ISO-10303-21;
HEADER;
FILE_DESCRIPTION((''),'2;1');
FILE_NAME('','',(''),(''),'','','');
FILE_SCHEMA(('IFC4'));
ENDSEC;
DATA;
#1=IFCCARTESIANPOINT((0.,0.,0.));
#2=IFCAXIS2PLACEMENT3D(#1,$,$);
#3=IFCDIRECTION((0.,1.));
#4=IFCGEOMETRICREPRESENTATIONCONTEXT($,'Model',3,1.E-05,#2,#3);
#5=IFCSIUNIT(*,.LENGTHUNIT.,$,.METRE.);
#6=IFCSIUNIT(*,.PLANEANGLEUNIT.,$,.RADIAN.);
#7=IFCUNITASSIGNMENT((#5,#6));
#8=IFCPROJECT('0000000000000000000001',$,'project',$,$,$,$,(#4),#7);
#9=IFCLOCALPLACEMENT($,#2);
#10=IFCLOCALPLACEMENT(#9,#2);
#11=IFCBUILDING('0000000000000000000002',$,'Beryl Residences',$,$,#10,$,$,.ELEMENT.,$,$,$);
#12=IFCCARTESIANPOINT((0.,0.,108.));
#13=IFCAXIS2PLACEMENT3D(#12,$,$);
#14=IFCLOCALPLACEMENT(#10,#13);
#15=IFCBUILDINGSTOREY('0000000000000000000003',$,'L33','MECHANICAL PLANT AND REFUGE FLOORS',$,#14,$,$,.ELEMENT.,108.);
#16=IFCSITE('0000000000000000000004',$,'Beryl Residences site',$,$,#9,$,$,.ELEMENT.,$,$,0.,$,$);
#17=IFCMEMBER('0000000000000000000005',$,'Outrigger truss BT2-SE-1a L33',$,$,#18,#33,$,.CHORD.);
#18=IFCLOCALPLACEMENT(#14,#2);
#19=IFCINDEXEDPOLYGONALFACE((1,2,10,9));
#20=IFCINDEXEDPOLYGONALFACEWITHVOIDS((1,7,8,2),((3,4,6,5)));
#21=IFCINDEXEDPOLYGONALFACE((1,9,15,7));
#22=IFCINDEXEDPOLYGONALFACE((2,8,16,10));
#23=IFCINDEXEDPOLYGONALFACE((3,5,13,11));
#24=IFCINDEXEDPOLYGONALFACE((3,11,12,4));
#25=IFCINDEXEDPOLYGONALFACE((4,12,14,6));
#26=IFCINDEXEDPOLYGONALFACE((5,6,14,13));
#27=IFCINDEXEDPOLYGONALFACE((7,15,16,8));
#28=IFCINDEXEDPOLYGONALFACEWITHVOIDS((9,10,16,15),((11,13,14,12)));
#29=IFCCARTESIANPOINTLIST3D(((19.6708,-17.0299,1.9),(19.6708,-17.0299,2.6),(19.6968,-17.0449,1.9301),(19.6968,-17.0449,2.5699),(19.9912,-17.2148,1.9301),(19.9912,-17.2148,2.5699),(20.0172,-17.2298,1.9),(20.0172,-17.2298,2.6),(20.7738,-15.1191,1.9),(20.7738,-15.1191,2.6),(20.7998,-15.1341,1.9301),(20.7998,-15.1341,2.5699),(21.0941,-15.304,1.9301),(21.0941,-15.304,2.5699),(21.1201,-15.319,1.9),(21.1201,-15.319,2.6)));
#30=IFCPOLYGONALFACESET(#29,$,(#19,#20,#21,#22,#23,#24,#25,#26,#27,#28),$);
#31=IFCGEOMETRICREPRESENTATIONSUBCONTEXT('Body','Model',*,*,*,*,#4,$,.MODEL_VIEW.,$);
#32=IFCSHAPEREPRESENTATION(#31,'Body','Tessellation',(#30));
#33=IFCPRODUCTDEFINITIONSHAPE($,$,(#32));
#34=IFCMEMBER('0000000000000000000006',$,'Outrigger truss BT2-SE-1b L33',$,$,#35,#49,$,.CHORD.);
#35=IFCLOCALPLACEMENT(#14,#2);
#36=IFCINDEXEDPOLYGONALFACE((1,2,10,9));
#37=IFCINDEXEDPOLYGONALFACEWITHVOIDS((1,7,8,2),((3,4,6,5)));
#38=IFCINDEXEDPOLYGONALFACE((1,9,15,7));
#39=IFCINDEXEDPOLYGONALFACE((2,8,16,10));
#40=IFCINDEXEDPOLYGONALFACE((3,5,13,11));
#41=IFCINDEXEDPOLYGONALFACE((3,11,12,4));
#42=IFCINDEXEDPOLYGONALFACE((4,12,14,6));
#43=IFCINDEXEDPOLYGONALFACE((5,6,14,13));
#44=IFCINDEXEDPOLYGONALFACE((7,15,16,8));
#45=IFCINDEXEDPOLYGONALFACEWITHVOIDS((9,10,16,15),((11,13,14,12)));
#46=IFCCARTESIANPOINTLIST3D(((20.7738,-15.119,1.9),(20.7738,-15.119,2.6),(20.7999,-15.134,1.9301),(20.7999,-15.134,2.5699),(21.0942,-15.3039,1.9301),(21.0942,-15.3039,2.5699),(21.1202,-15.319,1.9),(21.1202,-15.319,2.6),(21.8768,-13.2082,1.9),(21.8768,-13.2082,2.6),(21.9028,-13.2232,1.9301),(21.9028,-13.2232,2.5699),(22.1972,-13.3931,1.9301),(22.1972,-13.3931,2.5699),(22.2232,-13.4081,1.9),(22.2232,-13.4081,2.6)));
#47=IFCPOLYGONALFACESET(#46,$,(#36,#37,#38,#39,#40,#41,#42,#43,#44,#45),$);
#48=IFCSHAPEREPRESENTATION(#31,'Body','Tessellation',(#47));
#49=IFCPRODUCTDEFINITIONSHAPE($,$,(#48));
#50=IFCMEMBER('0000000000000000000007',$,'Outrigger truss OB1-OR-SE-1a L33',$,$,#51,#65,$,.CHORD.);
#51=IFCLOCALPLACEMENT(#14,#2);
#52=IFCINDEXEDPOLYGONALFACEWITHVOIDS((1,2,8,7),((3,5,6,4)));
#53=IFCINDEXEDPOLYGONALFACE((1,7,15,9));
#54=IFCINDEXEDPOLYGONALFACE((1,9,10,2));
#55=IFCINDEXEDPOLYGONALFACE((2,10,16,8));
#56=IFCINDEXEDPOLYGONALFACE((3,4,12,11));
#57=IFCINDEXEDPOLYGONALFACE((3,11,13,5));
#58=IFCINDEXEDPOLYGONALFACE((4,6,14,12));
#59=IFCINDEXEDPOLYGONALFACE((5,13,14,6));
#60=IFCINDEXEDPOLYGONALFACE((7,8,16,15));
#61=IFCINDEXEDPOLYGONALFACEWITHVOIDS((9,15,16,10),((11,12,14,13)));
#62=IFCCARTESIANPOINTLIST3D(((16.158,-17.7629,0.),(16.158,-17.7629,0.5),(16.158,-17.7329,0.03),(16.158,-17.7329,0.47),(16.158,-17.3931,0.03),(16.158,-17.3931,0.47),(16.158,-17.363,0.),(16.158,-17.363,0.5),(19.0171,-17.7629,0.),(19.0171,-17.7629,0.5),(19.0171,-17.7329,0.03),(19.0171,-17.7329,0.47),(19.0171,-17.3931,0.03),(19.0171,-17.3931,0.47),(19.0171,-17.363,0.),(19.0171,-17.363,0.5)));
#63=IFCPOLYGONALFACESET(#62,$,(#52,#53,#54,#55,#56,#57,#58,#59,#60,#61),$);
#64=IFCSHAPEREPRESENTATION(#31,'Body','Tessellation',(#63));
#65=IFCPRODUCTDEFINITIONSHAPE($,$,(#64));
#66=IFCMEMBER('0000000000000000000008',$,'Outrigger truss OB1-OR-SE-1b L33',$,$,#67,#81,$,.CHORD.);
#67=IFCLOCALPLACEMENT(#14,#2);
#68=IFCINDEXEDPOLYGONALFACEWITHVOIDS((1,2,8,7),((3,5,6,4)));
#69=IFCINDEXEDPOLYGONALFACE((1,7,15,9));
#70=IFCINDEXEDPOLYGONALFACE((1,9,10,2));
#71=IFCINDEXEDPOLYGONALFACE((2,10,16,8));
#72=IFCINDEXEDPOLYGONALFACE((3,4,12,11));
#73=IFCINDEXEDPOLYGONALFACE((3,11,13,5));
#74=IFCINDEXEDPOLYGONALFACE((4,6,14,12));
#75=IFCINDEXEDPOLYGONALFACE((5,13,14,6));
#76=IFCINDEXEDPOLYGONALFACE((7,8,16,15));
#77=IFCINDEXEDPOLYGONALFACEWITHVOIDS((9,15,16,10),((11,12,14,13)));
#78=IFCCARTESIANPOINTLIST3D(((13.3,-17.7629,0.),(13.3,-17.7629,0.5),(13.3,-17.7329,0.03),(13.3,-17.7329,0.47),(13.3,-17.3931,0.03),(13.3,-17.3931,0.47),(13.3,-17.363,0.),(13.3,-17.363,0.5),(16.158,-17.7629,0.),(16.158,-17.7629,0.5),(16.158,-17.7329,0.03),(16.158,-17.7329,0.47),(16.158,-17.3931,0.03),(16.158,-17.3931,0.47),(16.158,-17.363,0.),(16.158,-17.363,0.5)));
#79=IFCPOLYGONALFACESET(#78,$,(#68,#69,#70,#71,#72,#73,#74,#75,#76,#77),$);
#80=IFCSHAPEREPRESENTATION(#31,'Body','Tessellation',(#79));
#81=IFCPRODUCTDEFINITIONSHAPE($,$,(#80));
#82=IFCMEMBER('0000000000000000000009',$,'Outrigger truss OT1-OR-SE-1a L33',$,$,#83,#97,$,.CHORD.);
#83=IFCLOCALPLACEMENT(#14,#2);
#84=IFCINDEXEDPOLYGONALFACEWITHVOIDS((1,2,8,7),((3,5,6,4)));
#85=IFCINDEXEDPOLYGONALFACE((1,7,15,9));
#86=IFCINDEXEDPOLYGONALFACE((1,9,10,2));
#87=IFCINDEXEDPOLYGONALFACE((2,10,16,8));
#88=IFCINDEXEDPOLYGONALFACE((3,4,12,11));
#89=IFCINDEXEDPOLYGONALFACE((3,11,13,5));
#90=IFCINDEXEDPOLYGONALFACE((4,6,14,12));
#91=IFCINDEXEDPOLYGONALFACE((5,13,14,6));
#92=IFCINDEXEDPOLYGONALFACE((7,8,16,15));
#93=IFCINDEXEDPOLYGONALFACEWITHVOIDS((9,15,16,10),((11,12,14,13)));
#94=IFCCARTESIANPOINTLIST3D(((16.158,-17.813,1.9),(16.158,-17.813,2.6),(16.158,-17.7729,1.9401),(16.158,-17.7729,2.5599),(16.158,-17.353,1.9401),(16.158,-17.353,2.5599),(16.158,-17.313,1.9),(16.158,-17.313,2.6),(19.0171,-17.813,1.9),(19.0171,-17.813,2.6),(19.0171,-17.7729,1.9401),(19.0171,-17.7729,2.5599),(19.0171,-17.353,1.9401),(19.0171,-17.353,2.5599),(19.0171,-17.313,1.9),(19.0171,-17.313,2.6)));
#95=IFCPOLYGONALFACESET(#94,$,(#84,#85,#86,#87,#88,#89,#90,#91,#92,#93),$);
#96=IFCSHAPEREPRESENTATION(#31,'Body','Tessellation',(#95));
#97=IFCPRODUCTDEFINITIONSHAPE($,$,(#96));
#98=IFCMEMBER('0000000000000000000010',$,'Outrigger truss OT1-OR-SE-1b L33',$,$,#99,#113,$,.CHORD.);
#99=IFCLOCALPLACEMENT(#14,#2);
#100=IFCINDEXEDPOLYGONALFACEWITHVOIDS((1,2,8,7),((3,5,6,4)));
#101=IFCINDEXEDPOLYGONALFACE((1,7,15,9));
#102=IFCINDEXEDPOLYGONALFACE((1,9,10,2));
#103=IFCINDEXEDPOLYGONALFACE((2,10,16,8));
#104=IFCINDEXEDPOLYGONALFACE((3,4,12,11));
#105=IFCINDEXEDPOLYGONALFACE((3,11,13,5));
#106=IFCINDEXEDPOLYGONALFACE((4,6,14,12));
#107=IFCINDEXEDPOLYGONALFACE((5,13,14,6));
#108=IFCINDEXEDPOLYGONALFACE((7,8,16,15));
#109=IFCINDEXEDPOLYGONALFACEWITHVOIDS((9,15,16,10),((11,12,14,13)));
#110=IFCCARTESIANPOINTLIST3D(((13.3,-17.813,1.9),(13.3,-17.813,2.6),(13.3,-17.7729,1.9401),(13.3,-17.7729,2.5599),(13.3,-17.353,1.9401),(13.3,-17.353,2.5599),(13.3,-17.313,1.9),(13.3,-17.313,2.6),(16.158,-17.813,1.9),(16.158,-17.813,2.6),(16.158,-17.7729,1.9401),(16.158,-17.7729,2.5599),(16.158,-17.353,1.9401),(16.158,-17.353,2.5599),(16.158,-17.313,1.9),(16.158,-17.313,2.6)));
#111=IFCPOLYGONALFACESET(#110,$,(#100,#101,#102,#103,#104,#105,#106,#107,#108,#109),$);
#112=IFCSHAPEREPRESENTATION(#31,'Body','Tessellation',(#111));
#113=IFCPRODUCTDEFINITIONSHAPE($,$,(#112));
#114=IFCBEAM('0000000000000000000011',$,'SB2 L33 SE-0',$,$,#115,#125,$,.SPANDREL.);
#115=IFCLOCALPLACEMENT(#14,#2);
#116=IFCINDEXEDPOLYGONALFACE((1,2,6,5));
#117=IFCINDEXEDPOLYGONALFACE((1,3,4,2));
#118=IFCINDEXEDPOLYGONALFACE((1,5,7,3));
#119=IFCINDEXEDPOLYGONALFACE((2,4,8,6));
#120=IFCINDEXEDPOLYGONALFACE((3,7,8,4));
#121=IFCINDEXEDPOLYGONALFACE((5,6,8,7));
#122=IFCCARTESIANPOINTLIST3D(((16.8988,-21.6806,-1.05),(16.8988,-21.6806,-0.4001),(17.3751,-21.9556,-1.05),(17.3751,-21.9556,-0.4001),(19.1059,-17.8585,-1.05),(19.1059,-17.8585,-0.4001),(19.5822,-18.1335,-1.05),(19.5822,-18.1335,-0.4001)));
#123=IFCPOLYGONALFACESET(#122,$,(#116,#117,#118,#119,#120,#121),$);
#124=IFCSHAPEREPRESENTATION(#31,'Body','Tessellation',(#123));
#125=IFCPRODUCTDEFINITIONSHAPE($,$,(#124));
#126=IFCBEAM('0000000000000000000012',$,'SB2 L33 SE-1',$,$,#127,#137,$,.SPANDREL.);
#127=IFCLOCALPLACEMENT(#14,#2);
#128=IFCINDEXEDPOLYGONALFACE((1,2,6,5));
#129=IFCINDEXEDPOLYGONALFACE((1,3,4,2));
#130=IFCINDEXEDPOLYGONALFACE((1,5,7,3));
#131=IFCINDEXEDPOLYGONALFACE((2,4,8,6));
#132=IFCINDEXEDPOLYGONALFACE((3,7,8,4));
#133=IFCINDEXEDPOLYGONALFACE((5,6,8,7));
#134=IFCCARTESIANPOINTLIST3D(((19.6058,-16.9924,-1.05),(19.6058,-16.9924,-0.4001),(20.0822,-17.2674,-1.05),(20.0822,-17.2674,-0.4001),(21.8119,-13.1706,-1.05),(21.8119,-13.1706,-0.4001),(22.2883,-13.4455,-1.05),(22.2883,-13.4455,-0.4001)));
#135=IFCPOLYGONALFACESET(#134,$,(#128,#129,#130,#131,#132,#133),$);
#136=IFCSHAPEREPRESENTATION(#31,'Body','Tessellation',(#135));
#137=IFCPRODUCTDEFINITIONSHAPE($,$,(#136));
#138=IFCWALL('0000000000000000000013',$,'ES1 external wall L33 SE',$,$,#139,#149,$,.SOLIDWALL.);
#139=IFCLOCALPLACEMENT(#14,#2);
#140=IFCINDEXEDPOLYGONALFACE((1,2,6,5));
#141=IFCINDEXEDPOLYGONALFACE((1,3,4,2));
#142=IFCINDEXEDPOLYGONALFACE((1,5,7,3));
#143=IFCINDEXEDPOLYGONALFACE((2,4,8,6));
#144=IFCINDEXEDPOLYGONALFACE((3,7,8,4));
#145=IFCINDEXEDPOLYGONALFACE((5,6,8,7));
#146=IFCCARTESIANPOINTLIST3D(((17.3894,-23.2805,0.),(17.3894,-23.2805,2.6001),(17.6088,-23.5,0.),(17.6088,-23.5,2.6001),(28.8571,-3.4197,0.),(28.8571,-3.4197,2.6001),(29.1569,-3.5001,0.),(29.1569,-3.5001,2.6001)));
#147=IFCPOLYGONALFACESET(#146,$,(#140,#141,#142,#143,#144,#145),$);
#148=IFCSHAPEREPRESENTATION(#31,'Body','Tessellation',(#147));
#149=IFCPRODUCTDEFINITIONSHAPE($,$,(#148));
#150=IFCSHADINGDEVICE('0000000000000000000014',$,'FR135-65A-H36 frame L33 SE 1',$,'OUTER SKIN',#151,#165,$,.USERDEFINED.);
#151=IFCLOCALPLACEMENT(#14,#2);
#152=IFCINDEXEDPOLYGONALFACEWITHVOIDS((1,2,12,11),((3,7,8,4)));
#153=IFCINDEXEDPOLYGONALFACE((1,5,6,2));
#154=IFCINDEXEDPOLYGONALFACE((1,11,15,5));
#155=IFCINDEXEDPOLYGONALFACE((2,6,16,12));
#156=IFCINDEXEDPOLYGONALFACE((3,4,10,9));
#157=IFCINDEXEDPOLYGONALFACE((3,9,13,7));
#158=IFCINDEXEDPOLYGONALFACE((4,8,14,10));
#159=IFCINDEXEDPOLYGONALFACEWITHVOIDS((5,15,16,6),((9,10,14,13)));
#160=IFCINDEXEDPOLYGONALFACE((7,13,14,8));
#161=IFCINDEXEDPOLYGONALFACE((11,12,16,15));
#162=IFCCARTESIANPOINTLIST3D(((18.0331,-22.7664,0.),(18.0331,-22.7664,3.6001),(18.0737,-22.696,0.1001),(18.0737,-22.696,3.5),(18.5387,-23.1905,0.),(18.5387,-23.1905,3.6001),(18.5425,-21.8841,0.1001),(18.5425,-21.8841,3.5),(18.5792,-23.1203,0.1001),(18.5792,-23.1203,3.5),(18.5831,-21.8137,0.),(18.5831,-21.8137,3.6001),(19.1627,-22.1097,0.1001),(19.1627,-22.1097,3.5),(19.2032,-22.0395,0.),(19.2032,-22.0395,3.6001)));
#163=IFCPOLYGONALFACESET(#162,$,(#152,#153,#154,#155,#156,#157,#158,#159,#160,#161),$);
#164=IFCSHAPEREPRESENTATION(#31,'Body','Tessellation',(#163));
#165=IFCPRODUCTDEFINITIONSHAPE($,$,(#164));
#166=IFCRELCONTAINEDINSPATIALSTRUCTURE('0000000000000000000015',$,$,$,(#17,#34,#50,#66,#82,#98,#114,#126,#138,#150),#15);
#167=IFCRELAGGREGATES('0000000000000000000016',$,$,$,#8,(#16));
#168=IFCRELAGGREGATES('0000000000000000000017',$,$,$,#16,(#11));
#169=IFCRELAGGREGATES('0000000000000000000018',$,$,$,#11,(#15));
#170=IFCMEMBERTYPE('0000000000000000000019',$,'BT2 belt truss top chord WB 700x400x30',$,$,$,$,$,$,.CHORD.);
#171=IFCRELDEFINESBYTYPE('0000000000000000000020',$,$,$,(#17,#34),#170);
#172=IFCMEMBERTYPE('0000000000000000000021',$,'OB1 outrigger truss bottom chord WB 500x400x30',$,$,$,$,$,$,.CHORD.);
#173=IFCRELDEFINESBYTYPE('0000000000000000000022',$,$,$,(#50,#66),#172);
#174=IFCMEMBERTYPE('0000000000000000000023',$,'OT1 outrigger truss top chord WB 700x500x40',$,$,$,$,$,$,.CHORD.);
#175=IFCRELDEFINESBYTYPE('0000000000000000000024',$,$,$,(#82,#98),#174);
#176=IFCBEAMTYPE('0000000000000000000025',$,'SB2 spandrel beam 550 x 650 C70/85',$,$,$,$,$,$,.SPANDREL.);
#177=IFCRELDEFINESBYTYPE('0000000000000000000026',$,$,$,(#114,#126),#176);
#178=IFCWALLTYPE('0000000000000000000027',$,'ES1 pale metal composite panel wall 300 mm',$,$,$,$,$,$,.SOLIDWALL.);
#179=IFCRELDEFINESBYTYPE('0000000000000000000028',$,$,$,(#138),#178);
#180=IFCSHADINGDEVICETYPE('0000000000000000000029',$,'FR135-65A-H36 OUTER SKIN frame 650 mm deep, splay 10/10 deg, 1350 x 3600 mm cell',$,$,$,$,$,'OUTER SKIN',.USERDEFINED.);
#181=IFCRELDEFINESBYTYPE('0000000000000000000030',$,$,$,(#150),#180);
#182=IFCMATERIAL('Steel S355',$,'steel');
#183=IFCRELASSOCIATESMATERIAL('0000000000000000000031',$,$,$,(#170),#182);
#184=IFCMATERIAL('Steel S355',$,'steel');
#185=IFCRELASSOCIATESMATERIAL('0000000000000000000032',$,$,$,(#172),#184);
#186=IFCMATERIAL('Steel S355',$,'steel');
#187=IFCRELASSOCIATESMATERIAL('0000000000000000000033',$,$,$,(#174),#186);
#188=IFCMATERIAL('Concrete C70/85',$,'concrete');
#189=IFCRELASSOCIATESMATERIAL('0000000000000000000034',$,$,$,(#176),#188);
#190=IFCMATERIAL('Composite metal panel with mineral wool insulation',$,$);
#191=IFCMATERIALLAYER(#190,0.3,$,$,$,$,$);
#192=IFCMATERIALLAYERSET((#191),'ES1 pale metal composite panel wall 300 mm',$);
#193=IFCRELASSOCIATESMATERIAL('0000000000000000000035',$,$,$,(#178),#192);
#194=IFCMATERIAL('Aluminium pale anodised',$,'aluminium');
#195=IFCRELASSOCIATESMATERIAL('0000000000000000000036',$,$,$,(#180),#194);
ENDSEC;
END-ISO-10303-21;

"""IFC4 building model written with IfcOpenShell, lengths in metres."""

from ifc_helpers import new_model, entity, si_unit, direction, frame, origin, origin_2d, place, context, subcontext, project, spatial, polyline, rectangle, hollow_rectangle, outline, extrude, source, transform, mapped, material, layer, layer_set, material_profile, profile_set, type_object, type_shapes, element, save


model = new_model("IFC4")

# Units and contexts
model_context = context("Model", 3, precision=1e-05, world=origin(), true_north=direction((0.0, 1.0)))
body_context = subcontext(model_context, "Body", "Model", "MODEL_VIEW")
ifc_project = project(units=[si_unit("LENGTHUNIT", "METRE"), si_unit("PLANEANGLEUNIT", "RADIAN")], contexts=[model_context])

# Site, building, storey
site_placement = place(None, origin())
site = spatial("IfcSite", under=ifc_project, at=site_placement, Name="Beryl Residences site", CompositionType="ELEMENT", RefElevation=0.0)
building_placement = place(site_placement, origin())
building = spatial("IfcBuilding", under=site, at=building_placement, Name="Beryl Residences", CompositionType="ELEMENT")
storey_placement = place(building_placement, frame((0.0, 0.0, 108.0)))
storey = spatial("IfcBuildingStorey", under=building, at=storey_placement, Name="L33", Description="MECHANICAL PLANT AND REFUGE FLOORS", CompositionType="ELEMENT", Elevation=108.0)

# Members
ifc_material_1 = material(Name="Steel S355", Category="steel")
ifc_material_profile_1 = material_profile(ifc_material_1, hollow_rectangle(XDim=0.3999, YDim=0.7, WallThickness=0.03, at=origin_2d()))
ifc_profile_set_1 = profile_set([ifc_material_profile_1], Name="Steel S355")
member_type_1 = type_object("IfcMemberType", Name="BT2 belt truss top chord WB 700x400x30", PredefinedType="CHORD", material=ifc_profile_set_1)
for number, where, z_axis, x_axis, name in (
    (1, (19.844, -17.1299, 2.25), (0.499924, 0.86607, 0.0), (-0.86607, 0.499924, 0.0), "Outrigger truss BT2-SE-1a L33"),
    (2, (20.947, -15.219, 2.25), (0.499924, 0.86607, 0.0), (-0.86607, 0.499924, 0.0), "Outrigger truss BT2-SE-1b L33"),
):
    element("IfcMember", number, at=place(storey_placement, frame(where, z_axis=z_axis, x_axis=x_axis)), inside=storey, type_object=member_type_1, Name=name, PredefinedType="CHORD", context=body_context, shape_type="SweptSolid", body=[
        extrude(hollow_rectangle(XDim=0.3999, YDim=0.7, WallThickness=0.03, at=origin_2d()), origin(), (0.0, 0.0, 1.0), 2.2063),
    ])
ifc_material_2 = material(Name="Steel S355", Category="steel")
ifc_material_profile_2 = material_profile(ifc_material_2, hollow_rectangle(XDim=0.3999, YDim=0.5, WallThickness=0.03, at=origin_2d()))
ifc_profile_set_2 = profile_set([ifc_material_profile_2], Name="Steel S355")
member_type_2 = type_object("IfcMemberType", Name="OB1 outrigger truss bottom chord WB 500x400x30", PredefinedType="CHORD", material=ifc_profile_set_2)
member_1_placement = place(storey_placement, frame((19.0171, -17.563, 0.25), z_axis=(-1.0, 0.0, 0.0), x_axis=(0.0, -1.0, 0.0)))
element("IfcMember", 3, at=member_1_placement, inside=storey, type_object=member_type_2, Name="Outrigger truss OB1-OR-SE-1a L33", PredefinedType="CHORD", context=body_context, shape_type="SweptSolid", body=[
    extrude(hollow_rectangle(XDim=0.3999, YDim=0.5, WallThickness=0.03, at=origin_2d()), origin(), (0.0, 0.0, 1.0), 2.8591),
])
member_2_placement = place(storey_placement, frame((16.158, -17.563, 0.25), z_axis=(-1.0, 0.0, 0.0), x_axis=(0.0, -1.0, 0.0)))
element("IfcMember", 4, at=member_2_placement, inside=storey, type_object=member_type_2, Name="Outrigger truss OB1-OR-SE-1b L33", PredefinedType="CHORD", context=body_context, shape_type="SweptSolid", body=[
    extrude(hollow_rectangle(XDim=0.3999, YDim=0.5, WallThickness=0.03, at=origin_2d()), origin(), (0.0, 0.0, 1.0), 2.8579),
])
ifc_material_3 = material(Name="Steel S355", Category="steel")
ifc_material_profile_3 = material_profile(ifc_material_3, hollow_rectangle(XDim=0.5, YDim=0.7, WallThickness=0.04, at=origin_2d()))
ifc_profile_set_3 = profile_set([ifc_material_profile_3], Name="Steel S355")
member_type_3 = type_object("IfcMemberType", Name="OT1 outrigger truss top chord WB 700x500x40", PredefinedType="CHORD", material=ifc_profile_set_3)
member_3_placement = place(storey_placement, frame((19.0171, -17.563, 2.25), z_axis=(-1.0, 0.0, 0.0), x_axis=(0.0, -1.0, 0.0)))
element("IfcMember", 5, at=member_3_placement, inside=storey, type_object=member_type_3, Name="Outrigger truss OT1-OR-SE-1a L33", PredefinedType="CHORD", context=body_context, shape_type="SweptSolid", body=[
    extrude(hollow_rectangle(XDim=0.5, YDim=0.7, WallThickness=0.04, at=origin_2d()), origin(), (0.0, 0.0, 1.0), 2.8591),
])
member_4_placement = place(storey_placement, frame((16.158, -17.563, 2.25), z_axis=(-1.0, 0.0, 0.0), x_axis=(0.0, -1.0, 0.0)))
element("IfcMember", 6, at=member_4_placement, inside=storey, type_object=member_type_3, Name="Outrigger truss OT1-OR-SE-1b L33", PredefinedType="CHORD", context=body_context, shape_type="SweptSolid", body=[
    extrude(hollow_rectangle(XDim=0.5, YDim=0.7, WallThickness=0.04, at=origin_2d()), origin(), (0.0, 0.0, 1.0), 2.8579),
])

# Beams
ifc_material_4 = material(Name="Concrete C70/85", Category="concrete")
ifc_material_profile_4 = material_profile(ifc_material_4, rectangle(XDim=0.55, YDim=0.6499, at=origin_2d()))
ifc_profile_set_4 = profile_set([ifc_material_profile_4], Name="Concrete C70/85")
beam_type = type_object("IfcBeamType", Name="SB2 spandrel beam 550 x 650 C70/85", PredefinedType="SPANDREL", material=ifc_profile_set_4)
beam_1_placement = place(storey_placement, frame((17.137, -21.8181, -0.7251), z_axis=(0.500066, 0.865988, 0.0), x_axis=(-0.865988, 0.500066, 0.0)))
element("IfcBeam", 7, at=beam_1_placement, inside=storey, type_object=beam_type, Name="SB2 L33 SE-0", PredefinedType="SPANDREL", context=body_context, shape_type="SweptSolid", body=[
    extrude(rectangle(XDim=0.55, YDim=0.6499, at=origin_2d()), origin(), (0.0, 0.0, 1.0), 4.4136),
])
beam_2_placement = place(storey_placement, frame((19.844, -17.1299, -0.7251), z_axis=(0.499924, 0.86607, 0.0), x_axis=(-0.86607, 0.499924, 0.0)))
element("IfcBeam", 8, at=beam_2_placement, inside=storey, type_object=beam_type, Name="SB2 L33 SE-1", PredefinedType="SPANDREL", context=body_context, shape_type="SweptSolid", body=[
    extrude(rectangle(XDim=0.55, YDim=0.6499, at=origin_2d()), origin(), (0.0, 0.0, 1.0), 4.4128),
])

# Wall
ifc_material_5 = material(Name="Composite metal panel with mineral wool insulation")
ifc_layer = layer(ifc_material_5, 0.3)
ifc_layer_set = layer_set([ifc_layer], Name="ES1 pale metal composite panel wall 300 mm")
wall_type = type_object("IfcWallType", Name="ES1 pale metal composite panel wall 300 mm", PredefinedType="SOLIDWALL", material=ifc_layer_set)
wall_placement = place(storey_placement, frame((17.479, -23.425, 0.0), z_axis=(0.0, 0.0, 1.0), x_axis=(0.500035, 0.866005, 0.0)))
element("IfcWall", 9, at=wall_placement, inside=storey, type_object=wall_type, Name="ES1 external wall L33 SE", PredefinedType="SOLIDWALL", context=body_context, shape_type="SweptSolid", body=[
    extrude(outline(polyline([(0.0, -0.1499), (23.0945, -0.1499), (23.0142, 0.1499), (0.0803, 0.1499), (0.0, -0.1499)])), origin(), (0.0, 0.0, 1.0), 2.6001),
])

# Shading device
ifc_material_6 = material(Name="Aluminium pale anodised", Category="aluminium")
shading_device_type_1 = type_object("IfcShadingDeviceType", Name="FR135-65A-H36 OUTER SKIN frame 650 mm deep, splay 10/10 deg, 1350 x 3600 mm cell", ElementType="OUTER SKIN", PredefinedType="USERDEFINED", material=ifc_material_6)
cartesian_point_1 = entity("IfcCartesianPoint", [-0.55, 0.0])
cartesian_point_2 = entity("IfcCartesianPoint", [-0.4688, 0.1001])
cartesian_point_3 = entity("IfcCartesianPoint", [-0.6646, 0.0])
cartesian_point_4 = entity("IfcCartesianPoint", [-0.5835, 0.1001])
shared_shape_1 = source(origin(), body_context, "Body", "SweptSolid", [
    entity("IfcExtrudedAreaSolidTapered", entity("IfcArbitraryProfileDefWithVoids", "AREA", None, entity("IfcPolyline", [cartesian_point_1, entity("IfcCartesianPoint", [0.55, 0.0]), entity("IfcCartesianPoint", [0.55, 3.6001]), entity("IfcCartesianPoint", [-0.55, 3.6001]), cartesian_point_1]), [entity("IfcPolyline", [cartesian_point_2, entity("IfcCartesianPoint", [0.4688, 0.1001]), entity("IfcCartesianPoint", [0.4688, 3.5]), entity("IfcCartesianPoint", [-0.4688, 3.5]), cartesian_point_2])]), entity("IfcAxis2Placement3D", entity("IfcCartesianPoint", [0.0, 0.0, 0.0]), entity("IfcDirection", [0.0, 1.0, 0.0]), entity("IfcDirection", [-1.0, 0.0, 0.0])), entity("IfcDirection", [0.0, 0.0, 1.0]), 0.6499, entity("IfcArbitraryProfileDefWithVoids", "AREA", None, entity("IfcPolyline", [cartesian_point_3, entity("IfcCartesianPoint", [0.6646, 0.0]), entity("IfcCartesianPoint", [0.6646, 3.6001]), entity("IfcCartesianPoint", [-0.6646, 3.6001]), cartesian_point_3]), [entity("IfcPolyline", [cartesian_point_4, entity("IfcCartesianPoint", [0.5835, 0.1001]), entity("IfcCartesianPoint", [0.5835, 3.5]), entity("IfcCartesianPoint", [-0.5835, 3.5]), cartesian_point_4])])),
])
type_shapes(shading_device_type_1, [shared_shape_1])
shading_device_placement = place(storey_placement, frame((18.3081, -22.29, 0.0), z_axis=(0.0, 0.0, 1.0), x_axis=(-0.5, -0.866025, 0.0)))
element("IfcShadingDevice", 10, at=shading_device_placement, inside=storey, type_object=shading_device_type_1, Name="FR135-65A-H36 frame L33 SE 1", ObjectType="OUTER SKIN", PredefinedType="USERDEFINED", context=body_context, shape_type="MappedRepresentation", body=[
    mapped(shared_shape_1, transform((0.0, 0.0, 0.0))),
])

save(model, "model.ifc")
